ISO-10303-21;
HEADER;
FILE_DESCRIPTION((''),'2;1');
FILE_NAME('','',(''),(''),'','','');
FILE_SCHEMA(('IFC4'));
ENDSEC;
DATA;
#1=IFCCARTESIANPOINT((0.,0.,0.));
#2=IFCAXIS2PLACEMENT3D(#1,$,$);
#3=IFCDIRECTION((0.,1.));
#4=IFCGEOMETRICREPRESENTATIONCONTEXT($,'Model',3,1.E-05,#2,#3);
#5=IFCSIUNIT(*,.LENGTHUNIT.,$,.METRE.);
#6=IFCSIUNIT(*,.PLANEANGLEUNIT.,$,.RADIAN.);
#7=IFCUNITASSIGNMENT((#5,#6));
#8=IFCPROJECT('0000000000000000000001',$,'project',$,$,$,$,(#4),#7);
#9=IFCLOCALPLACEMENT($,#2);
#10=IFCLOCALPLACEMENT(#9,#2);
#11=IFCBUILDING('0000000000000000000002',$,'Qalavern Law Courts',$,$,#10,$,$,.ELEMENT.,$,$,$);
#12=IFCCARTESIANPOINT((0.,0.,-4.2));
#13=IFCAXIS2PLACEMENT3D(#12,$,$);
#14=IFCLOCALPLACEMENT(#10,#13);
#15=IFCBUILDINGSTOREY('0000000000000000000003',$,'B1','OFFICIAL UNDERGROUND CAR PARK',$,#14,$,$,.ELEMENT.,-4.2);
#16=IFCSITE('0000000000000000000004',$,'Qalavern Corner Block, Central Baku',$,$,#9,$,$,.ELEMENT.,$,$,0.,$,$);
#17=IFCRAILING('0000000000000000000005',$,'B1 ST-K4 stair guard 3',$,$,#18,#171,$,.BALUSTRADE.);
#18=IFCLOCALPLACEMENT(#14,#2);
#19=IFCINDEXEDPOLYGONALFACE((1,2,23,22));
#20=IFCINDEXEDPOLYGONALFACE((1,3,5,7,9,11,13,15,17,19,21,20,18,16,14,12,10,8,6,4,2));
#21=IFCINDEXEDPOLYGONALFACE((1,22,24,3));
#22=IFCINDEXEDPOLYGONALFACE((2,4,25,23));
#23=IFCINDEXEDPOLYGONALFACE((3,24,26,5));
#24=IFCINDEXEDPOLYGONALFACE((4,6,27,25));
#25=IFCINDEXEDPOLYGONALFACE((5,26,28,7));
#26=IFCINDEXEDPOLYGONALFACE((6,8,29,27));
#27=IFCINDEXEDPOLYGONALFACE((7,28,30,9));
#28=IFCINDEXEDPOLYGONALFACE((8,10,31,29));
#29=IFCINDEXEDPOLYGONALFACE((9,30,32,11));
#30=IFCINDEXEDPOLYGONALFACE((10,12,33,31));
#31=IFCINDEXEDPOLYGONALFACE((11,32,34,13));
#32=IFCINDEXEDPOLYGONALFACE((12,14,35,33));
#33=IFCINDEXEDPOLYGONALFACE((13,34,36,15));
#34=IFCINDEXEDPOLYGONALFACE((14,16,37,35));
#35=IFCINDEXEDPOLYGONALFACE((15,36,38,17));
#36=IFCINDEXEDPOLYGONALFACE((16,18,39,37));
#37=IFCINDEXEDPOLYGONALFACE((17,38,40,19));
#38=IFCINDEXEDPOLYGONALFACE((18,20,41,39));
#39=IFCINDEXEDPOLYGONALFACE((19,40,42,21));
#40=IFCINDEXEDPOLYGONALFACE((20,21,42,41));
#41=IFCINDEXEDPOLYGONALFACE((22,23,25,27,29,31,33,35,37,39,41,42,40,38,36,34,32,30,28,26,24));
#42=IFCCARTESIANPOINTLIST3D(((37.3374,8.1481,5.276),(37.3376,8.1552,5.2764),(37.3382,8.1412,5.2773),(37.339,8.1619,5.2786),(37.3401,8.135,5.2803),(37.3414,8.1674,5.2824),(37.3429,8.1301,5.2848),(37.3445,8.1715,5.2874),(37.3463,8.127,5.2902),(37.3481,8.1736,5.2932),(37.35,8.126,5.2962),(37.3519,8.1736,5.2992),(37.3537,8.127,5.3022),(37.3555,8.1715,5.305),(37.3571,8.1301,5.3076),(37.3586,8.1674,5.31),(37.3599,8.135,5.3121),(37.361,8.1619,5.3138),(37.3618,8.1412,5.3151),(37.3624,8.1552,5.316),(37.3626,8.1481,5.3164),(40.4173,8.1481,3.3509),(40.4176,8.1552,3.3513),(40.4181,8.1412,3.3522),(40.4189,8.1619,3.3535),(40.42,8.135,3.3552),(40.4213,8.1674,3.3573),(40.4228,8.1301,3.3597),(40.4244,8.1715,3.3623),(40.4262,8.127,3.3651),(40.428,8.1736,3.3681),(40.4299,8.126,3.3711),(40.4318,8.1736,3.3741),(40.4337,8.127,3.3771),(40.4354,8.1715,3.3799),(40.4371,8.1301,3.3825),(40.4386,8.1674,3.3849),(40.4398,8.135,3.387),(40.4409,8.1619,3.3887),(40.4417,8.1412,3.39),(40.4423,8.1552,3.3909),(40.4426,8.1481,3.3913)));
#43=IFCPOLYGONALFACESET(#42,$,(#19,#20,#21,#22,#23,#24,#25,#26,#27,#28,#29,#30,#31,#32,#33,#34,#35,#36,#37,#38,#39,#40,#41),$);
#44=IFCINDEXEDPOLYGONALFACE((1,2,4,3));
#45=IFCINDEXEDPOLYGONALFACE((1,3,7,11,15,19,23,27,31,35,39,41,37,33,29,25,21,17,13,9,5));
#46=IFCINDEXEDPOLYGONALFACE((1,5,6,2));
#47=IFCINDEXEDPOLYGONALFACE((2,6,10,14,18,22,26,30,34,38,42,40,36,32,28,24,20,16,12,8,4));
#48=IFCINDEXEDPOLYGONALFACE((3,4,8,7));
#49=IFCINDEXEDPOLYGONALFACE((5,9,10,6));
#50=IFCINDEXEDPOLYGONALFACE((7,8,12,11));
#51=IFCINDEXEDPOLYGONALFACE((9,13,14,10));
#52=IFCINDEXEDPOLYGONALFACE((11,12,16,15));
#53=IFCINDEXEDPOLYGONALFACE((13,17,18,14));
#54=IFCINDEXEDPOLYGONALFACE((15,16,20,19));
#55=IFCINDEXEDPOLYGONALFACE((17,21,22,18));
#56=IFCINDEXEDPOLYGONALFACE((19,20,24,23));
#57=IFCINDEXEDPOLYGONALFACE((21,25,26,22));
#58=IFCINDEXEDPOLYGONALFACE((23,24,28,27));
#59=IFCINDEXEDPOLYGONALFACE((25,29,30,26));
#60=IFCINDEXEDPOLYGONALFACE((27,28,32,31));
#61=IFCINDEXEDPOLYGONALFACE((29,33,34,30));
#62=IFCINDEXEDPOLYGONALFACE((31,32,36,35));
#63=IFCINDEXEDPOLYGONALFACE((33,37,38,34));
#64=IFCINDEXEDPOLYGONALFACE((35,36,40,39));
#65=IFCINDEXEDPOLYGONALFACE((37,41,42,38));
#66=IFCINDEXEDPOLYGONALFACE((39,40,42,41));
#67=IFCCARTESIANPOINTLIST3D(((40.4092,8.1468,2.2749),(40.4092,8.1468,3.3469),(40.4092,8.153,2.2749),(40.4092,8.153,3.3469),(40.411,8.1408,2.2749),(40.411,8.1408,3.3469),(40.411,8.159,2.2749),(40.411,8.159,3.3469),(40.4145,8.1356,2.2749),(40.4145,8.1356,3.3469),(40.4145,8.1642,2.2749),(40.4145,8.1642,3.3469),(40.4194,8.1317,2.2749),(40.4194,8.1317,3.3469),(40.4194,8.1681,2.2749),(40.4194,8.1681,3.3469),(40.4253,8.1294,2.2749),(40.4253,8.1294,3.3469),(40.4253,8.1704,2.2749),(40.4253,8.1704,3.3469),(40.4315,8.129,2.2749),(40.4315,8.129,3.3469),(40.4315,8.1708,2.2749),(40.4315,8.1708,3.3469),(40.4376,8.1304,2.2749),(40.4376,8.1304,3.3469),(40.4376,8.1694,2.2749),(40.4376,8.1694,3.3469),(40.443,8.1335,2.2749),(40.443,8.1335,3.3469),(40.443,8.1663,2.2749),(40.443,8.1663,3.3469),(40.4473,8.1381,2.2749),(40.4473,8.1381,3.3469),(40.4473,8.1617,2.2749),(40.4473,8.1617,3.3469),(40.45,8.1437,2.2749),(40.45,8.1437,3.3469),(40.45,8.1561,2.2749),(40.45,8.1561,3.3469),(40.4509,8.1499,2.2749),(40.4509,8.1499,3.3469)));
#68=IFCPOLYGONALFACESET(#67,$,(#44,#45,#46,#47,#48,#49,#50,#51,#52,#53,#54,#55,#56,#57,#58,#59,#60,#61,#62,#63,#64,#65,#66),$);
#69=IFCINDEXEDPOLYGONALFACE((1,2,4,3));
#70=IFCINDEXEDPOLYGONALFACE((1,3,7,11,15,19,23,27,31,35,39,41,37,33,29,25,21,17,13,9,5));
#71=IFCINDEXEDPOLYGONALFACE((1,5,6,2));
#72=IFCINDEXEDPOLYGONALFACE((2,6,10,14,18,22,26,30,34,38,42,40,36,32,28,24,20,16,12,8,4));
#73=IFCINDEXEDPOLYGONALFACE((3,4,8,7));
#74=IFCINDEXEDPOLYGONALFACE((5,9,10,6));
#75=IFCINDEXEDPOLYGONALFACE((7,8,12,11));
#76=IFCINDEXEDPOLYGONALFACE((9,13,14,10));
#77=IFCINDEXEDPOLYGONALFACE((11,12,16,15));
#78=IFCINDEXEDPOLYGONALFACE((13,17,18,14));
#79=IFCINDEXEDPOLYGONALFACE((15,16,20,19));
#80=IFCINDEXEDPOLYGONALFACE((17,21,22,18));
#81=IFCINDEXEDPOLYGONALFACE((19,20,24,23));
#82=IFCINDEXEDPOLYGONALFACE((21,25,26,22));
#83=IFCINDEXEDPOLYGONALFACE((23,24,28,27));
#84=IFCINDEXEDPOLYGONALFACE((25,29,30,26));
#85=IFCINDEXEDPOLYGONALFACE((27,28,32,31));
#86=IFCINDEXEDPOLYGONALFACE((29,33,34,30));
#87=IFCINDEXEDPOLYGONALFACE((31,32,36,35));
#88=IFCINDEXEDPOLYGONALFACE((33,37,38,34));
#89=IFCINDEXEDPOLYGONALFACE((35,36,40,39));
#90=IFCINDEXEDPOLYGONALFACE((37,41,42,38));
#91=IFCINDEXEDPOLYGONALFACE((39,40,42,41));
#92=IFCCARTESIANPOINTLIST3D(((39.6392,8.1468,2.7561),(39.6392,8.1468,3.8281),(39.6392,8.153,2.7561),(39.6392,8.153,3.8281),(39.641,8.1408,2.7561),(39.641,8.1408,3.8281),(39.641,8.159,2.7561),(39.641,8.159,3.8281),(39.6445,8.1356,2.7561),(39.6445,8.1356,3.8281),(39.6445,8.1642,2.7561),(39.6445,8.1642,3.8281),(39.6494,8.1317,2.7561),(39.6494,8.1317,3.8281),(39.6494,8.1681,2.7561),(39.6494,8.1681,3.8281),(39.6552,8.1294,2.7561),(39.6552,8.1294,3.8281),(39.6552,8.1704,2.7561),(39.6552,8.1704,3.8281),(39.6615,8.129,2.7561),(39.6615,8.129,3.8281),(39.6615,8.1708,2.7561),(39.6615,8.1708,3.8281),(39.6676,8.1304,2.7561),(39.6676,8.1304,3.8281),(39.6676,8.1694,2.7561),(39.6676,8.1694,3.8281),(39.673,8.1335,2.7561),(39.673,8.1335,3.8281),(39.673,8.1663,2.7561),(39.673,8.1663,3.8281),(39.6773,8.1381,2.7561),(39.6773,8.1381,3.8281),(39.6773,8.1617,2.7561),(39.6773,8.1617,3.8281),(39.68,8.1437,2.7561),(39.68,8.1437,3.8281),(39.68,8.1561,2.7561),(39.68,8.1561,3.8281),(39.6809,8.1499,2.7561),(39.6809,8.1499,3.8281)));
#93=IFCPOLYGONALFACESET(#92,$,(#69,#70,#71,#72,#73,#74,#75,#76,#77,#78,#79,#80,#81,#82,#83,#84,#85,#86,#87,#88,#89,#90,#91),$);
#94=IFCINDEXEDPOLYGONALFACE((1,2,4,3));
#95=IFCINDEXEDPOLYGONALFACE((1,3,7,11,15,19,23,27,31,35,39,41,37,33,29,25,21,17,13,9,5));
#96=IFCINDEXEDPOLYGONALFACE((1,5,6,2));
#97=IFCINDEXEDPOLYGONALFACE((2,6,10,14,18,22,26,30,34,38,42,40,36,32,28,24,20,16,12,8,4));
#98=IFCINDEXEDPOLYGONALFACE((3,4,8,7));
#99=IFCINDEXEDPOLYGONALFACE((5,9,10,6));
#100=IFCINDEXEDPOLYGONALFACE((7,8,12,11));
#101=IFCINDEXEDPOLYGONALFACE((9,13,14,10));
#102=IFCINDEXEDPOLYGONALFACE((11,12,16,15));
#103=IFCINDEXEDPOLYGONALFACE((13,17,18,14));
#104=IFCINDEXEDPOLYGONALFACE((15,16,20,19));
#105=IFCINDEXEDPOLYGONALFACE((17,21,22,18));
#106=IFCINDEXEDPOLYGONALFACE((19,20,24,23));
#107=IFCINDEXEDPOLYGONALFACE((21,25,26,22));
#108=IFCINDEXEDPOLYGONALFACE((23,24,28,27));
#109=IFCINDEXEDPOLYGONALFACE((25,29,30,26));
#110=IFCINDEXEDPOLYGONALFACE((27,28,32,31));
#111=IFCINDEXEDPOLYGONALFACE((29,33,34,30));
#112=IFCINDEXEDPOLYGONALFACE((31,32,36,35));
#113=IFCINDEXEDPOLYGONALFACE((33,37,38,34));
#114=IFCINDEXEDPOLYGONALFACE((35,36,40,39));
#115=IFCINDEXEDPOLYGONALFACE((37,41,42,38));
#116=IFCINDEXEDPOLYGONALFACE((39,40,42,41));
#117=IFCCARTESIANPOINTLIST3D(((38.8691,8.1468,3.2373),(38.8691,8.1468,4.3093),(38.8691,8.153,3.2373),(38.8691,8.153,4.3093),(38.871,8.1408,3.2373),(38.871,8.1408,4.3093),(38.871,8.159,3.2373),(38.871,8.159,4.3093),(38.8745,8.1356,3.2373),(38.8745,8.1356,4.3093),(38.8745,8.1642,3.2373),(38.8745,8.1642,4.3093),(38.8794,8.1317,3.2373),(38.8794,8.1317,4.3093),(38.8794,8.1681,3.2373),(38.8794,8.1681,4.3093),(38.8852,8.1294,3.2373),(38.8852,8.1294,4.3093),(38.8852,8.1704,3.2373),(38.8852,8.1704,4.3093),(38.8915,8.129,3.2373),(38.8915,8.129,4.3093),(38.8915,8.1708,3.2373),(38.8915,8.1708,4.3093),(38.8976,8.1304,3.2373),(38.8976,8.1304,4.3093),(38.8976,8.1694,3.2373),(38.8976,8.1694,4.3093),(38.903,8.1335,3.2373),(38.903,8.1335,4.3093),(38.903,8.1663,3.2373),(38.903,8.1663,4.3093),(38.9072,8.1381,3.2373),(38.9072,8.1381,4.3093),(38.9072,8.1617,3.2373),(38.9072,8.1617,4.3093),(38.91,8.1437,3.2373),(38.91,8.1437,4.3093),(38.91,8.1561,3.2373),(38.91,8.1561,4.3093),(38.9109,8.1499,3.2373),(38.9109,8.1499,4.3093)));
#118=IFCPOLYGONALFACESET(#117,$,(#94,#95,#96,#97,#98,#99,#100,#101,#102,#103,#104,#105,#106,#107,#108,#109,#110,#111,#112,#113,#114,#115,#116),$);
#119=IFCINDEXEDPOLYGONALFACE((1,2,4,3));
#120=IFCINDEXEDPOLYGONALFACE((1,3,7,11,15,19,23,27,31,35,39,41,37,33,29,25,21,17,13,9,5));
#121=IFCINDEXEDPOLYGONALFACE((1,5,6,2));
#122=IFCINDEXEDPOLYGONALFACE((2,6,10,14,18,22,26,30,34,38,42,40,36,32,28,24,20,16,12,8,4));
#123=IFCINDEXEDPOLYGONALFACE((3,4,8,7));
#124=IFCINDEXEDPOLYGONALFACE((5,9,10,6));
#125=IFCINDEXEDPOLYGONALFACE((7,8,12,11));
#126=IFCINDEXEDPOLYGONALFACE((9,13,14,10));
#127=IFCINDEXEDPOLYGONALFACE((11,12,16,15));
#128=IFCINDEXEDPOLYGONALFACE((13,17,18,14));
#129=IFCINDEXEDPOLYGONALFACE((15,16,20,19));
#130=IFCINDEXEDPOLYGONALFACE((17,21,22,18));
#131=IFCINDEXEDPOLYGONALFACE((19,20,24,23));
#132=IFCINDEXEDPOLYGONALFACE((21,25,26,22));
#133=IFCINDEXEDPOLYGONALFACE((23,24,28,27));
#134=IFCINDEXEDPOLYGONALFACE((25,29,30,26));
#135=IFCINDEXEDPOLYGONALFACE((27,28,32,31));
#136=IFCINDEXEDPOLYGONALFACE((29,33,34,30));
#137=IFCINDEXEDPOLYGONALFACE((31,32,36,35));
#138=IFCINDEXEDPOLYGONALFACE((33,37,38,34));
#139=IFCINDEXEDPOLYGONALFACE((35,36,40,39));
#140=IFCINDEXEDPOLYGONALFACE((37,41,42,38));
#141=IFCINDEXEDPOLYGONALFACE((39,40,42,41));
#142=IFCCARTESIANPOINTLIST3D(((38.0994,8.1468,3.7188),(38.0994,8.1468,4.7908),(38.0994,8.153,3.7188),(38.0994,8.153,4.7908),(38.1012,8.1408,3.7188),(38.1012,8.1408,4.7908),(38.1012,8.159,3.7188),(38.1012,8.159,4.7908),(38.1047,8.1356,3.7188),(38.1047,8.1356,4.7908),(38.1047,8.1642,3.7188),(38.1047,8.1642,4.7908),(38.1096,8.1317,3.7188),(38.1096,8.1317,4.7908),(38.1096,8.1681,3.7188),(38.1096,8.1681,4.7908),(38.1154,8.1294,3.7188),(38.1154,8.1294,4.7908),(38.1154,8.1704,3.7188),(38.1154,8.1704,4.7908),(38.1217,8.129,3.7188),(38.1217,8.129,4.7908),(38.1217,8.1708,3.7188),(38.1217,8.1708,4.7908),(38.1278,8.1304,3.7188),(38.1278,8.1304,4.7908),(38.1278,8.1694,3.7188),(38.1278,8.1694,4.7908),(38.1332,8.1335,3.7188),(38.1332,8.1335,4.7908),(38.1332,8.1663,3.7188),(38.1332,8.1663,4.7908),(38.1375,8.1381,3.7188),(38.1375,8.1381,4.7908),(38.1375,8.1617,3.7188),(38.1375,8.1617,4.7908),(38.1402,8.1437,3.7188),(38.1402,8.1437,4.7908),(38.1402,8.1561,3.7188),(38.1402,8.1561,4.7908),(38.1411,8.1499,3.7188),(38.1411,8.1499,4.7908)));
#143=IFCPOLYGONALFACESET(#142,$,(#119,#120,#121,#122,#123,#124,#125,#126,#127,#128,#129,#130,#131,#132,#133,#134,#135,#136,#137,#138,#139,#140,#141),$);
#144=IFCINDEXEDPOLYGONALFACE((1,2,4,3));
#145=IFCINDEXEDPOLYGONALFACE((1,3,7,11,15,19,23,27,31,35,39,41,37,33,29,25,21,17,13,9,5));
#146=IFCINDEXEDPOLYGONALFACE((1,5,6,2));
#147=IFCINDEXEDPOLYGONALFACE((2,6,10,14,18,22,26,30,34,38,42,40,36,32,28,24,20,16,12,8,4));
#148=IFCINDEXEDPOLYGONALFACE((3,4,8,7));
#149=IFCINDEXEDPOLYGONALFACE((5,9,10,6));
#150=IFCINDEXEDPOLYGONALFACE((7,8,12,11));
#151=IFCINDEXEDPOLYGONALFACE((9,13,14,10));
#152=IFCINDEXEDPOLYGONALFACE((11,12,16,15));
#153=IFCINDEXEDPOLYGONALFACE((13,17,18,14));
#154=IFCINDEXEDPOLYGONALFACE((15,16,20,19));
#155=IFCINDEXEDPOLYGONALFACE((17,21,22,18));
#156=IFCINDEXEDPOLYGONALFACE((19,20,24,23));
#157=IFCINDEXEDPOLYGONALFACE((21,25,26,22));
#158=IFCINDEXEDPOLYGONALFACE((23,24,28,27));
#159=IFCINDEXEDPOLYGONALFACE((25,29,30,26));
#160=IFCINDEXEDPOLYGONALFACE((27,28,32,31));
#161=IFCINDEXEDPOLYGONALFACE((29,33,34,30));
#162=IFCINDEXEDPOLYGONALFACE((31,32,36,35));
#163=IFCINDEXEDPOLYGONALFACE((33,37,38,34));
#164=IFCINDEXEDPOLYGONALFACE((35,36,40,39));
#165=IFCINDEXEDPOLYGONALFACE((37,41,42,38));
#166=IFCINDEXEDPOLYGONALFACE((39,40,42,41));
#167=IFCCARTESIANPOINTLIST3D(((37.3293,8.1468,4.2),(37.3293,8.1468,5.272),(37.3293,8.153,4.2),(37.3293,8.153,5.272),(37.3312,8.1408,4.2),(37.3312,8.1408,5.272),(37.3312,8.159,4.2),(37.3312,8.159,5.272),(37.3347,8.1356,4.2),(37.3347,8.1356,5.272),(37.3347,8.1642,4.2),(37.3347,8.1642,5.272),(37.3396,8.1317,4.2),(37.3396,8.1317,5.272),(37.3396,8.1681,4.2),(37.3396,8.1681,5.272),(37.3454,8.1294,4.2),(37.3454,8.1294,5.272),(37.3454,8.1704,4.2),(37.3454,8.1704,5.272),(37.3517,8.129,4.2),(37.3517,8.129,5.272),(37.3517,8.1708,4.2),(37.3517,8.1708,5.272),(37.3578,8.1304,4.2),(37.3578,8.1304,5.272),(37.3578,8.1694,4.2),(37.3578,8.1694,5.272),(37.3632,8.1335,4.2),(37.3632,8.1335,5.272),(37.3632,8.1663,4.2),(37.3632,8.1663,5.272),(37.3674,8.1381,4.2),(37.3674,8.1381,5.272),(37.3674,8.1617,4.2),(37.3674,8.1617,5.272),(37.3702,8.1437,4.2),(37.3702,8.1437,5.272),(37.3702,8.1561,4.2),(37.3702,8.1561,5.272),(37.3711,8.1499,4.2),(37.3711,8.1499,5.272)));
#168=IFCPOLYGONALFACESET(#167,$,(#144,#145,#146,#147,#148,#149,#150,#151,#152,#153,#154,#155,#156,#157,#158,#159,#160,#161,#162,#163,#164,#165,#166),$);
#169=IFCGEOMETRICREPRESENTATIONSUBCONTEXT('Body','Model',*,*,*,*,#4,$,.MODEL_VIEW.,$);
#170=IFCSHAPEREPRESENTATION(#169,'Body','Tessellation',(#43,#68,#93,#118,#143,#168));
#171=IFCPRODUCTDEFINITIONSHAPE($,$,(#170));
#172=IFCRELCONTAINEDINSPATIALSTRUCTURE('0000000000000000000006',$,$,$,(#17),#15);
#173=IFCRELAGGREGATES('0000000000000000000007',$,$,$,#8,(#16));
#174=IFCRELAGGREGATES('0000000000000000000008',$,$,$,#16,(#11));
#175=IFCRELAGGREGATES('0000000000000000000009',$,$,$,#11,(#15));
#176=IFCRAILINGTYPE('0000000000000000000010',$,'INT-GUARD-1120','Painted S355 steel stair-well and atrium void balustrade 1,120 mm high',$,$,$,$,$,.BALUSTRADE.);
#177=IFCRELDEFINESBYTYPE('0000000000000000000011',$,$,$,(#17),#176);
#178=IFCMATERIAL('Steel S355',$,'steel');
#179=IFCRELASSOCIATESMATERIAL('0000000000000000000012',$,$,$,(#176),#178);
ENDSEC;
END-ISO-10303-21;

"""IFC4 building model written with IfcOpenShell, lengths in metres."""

from ifc_helpers import new_model, si_unit, direction, frame, origin, origin_2d, place, context, subcontext, project, spatial, circle, extrude, material, type_object, element, save


model = new_model("IFC4")

# Units and contexts
model_context = context("Model", 3, precision=1e-05, world=origin(), true_north=direction((0.0, 1.0)))
body_context = subcontext(model_context, "Body", "Model", "MODEL_VIEW")
ifc_project = project(units=[si_unit("LENGTHUNIT", "METRE"), si_unit("PLANEANGLEUNIT", "RADIAN")], contexts=[model_context])

# Site, building, storey
site_placement = place(None, origin())
site = spatial("IfcSite", under=ifc_project, at=site_placement, Name="Qalavern Corner Block, Central Baku", CompositionType="ELEMENT", RefElevation=0.0)
building_placement = place(site_placement, origin())
building = spatial("IfcBuilding", under=site, at=building_placement, Name="Qalavern Law Courts", CompositionType="ELEMENT")
storey_placement = place(building_placement, frame((0.0, 0.0, -4.2)))
storey = spatial("IfcBuildingStorey", under=building, at=storey_placement, Name="B1", Description="OFFICIAL UNDERGROUND CAR PARK", CompositionType="ELEMENT", Elevation=-4.2)

# Shared definitions
ifc_material_1 = material(Name="Steel S355", Category="steel")

# Railing
railing_type_1 = type_object("IfcRailingType", Name="INT-GUARD-1120", Description="Painted S355 steel stair-well and atrium void balustrade 1,120 mm high", PredefinedType="BALUSTRADE", material=ifc_material_1)
railing_1_placement = place(storey_placement, frame((40.4299, 8.1499, 2.2749)))
element("IfcRailing", 1, at=railing_1_placement, inside=storey, type_object=railing_type_1, Name="B1 ST-K4 stair guard 3", PredefinedType="BALUSTRADE", context=body_context, shape_type="SweptSolid", body=[
    extrude(circle(Radius=0.0239, at=origin_2d()), frame((0.0, 0.0, 1.0962), z_axis=(-0.847979, 0.0, 0.530029), x_axis=(0.0, -1.0, 0.0)), (0.0, 0.0, 1.0), 3.6321),
    extrude(circle(Radius=0.021, at=origin_2d()), origin(), (0.0, 0.0, 1.0), 1.072),
    extrude(circle(Radius=0.021, at=origin_2d()), frame((-0.77, 0.0, 0.4812)), (0.0, 0.0, 1.0), 1.072),
    extrude(circle(Radius=0.021, at=origin_2d()), frame((-1.54, 0.0, 0.9624)), (0.0, 0.0, 1.0), 1.072),
    extrude(circle(Radius=0.021, at=origin_2d()), frame((-2.3098, 0.0, 1.4438)), (0.0, 0.0, 1.0), 1.072),
    extrude(circle(Radius=0.021, at=origin_2d()), frame((-3.0798, 0.0, 1.925)), (0.0, 0.0, 1.0), 1.072),
])

save(model, "model.ifc")
